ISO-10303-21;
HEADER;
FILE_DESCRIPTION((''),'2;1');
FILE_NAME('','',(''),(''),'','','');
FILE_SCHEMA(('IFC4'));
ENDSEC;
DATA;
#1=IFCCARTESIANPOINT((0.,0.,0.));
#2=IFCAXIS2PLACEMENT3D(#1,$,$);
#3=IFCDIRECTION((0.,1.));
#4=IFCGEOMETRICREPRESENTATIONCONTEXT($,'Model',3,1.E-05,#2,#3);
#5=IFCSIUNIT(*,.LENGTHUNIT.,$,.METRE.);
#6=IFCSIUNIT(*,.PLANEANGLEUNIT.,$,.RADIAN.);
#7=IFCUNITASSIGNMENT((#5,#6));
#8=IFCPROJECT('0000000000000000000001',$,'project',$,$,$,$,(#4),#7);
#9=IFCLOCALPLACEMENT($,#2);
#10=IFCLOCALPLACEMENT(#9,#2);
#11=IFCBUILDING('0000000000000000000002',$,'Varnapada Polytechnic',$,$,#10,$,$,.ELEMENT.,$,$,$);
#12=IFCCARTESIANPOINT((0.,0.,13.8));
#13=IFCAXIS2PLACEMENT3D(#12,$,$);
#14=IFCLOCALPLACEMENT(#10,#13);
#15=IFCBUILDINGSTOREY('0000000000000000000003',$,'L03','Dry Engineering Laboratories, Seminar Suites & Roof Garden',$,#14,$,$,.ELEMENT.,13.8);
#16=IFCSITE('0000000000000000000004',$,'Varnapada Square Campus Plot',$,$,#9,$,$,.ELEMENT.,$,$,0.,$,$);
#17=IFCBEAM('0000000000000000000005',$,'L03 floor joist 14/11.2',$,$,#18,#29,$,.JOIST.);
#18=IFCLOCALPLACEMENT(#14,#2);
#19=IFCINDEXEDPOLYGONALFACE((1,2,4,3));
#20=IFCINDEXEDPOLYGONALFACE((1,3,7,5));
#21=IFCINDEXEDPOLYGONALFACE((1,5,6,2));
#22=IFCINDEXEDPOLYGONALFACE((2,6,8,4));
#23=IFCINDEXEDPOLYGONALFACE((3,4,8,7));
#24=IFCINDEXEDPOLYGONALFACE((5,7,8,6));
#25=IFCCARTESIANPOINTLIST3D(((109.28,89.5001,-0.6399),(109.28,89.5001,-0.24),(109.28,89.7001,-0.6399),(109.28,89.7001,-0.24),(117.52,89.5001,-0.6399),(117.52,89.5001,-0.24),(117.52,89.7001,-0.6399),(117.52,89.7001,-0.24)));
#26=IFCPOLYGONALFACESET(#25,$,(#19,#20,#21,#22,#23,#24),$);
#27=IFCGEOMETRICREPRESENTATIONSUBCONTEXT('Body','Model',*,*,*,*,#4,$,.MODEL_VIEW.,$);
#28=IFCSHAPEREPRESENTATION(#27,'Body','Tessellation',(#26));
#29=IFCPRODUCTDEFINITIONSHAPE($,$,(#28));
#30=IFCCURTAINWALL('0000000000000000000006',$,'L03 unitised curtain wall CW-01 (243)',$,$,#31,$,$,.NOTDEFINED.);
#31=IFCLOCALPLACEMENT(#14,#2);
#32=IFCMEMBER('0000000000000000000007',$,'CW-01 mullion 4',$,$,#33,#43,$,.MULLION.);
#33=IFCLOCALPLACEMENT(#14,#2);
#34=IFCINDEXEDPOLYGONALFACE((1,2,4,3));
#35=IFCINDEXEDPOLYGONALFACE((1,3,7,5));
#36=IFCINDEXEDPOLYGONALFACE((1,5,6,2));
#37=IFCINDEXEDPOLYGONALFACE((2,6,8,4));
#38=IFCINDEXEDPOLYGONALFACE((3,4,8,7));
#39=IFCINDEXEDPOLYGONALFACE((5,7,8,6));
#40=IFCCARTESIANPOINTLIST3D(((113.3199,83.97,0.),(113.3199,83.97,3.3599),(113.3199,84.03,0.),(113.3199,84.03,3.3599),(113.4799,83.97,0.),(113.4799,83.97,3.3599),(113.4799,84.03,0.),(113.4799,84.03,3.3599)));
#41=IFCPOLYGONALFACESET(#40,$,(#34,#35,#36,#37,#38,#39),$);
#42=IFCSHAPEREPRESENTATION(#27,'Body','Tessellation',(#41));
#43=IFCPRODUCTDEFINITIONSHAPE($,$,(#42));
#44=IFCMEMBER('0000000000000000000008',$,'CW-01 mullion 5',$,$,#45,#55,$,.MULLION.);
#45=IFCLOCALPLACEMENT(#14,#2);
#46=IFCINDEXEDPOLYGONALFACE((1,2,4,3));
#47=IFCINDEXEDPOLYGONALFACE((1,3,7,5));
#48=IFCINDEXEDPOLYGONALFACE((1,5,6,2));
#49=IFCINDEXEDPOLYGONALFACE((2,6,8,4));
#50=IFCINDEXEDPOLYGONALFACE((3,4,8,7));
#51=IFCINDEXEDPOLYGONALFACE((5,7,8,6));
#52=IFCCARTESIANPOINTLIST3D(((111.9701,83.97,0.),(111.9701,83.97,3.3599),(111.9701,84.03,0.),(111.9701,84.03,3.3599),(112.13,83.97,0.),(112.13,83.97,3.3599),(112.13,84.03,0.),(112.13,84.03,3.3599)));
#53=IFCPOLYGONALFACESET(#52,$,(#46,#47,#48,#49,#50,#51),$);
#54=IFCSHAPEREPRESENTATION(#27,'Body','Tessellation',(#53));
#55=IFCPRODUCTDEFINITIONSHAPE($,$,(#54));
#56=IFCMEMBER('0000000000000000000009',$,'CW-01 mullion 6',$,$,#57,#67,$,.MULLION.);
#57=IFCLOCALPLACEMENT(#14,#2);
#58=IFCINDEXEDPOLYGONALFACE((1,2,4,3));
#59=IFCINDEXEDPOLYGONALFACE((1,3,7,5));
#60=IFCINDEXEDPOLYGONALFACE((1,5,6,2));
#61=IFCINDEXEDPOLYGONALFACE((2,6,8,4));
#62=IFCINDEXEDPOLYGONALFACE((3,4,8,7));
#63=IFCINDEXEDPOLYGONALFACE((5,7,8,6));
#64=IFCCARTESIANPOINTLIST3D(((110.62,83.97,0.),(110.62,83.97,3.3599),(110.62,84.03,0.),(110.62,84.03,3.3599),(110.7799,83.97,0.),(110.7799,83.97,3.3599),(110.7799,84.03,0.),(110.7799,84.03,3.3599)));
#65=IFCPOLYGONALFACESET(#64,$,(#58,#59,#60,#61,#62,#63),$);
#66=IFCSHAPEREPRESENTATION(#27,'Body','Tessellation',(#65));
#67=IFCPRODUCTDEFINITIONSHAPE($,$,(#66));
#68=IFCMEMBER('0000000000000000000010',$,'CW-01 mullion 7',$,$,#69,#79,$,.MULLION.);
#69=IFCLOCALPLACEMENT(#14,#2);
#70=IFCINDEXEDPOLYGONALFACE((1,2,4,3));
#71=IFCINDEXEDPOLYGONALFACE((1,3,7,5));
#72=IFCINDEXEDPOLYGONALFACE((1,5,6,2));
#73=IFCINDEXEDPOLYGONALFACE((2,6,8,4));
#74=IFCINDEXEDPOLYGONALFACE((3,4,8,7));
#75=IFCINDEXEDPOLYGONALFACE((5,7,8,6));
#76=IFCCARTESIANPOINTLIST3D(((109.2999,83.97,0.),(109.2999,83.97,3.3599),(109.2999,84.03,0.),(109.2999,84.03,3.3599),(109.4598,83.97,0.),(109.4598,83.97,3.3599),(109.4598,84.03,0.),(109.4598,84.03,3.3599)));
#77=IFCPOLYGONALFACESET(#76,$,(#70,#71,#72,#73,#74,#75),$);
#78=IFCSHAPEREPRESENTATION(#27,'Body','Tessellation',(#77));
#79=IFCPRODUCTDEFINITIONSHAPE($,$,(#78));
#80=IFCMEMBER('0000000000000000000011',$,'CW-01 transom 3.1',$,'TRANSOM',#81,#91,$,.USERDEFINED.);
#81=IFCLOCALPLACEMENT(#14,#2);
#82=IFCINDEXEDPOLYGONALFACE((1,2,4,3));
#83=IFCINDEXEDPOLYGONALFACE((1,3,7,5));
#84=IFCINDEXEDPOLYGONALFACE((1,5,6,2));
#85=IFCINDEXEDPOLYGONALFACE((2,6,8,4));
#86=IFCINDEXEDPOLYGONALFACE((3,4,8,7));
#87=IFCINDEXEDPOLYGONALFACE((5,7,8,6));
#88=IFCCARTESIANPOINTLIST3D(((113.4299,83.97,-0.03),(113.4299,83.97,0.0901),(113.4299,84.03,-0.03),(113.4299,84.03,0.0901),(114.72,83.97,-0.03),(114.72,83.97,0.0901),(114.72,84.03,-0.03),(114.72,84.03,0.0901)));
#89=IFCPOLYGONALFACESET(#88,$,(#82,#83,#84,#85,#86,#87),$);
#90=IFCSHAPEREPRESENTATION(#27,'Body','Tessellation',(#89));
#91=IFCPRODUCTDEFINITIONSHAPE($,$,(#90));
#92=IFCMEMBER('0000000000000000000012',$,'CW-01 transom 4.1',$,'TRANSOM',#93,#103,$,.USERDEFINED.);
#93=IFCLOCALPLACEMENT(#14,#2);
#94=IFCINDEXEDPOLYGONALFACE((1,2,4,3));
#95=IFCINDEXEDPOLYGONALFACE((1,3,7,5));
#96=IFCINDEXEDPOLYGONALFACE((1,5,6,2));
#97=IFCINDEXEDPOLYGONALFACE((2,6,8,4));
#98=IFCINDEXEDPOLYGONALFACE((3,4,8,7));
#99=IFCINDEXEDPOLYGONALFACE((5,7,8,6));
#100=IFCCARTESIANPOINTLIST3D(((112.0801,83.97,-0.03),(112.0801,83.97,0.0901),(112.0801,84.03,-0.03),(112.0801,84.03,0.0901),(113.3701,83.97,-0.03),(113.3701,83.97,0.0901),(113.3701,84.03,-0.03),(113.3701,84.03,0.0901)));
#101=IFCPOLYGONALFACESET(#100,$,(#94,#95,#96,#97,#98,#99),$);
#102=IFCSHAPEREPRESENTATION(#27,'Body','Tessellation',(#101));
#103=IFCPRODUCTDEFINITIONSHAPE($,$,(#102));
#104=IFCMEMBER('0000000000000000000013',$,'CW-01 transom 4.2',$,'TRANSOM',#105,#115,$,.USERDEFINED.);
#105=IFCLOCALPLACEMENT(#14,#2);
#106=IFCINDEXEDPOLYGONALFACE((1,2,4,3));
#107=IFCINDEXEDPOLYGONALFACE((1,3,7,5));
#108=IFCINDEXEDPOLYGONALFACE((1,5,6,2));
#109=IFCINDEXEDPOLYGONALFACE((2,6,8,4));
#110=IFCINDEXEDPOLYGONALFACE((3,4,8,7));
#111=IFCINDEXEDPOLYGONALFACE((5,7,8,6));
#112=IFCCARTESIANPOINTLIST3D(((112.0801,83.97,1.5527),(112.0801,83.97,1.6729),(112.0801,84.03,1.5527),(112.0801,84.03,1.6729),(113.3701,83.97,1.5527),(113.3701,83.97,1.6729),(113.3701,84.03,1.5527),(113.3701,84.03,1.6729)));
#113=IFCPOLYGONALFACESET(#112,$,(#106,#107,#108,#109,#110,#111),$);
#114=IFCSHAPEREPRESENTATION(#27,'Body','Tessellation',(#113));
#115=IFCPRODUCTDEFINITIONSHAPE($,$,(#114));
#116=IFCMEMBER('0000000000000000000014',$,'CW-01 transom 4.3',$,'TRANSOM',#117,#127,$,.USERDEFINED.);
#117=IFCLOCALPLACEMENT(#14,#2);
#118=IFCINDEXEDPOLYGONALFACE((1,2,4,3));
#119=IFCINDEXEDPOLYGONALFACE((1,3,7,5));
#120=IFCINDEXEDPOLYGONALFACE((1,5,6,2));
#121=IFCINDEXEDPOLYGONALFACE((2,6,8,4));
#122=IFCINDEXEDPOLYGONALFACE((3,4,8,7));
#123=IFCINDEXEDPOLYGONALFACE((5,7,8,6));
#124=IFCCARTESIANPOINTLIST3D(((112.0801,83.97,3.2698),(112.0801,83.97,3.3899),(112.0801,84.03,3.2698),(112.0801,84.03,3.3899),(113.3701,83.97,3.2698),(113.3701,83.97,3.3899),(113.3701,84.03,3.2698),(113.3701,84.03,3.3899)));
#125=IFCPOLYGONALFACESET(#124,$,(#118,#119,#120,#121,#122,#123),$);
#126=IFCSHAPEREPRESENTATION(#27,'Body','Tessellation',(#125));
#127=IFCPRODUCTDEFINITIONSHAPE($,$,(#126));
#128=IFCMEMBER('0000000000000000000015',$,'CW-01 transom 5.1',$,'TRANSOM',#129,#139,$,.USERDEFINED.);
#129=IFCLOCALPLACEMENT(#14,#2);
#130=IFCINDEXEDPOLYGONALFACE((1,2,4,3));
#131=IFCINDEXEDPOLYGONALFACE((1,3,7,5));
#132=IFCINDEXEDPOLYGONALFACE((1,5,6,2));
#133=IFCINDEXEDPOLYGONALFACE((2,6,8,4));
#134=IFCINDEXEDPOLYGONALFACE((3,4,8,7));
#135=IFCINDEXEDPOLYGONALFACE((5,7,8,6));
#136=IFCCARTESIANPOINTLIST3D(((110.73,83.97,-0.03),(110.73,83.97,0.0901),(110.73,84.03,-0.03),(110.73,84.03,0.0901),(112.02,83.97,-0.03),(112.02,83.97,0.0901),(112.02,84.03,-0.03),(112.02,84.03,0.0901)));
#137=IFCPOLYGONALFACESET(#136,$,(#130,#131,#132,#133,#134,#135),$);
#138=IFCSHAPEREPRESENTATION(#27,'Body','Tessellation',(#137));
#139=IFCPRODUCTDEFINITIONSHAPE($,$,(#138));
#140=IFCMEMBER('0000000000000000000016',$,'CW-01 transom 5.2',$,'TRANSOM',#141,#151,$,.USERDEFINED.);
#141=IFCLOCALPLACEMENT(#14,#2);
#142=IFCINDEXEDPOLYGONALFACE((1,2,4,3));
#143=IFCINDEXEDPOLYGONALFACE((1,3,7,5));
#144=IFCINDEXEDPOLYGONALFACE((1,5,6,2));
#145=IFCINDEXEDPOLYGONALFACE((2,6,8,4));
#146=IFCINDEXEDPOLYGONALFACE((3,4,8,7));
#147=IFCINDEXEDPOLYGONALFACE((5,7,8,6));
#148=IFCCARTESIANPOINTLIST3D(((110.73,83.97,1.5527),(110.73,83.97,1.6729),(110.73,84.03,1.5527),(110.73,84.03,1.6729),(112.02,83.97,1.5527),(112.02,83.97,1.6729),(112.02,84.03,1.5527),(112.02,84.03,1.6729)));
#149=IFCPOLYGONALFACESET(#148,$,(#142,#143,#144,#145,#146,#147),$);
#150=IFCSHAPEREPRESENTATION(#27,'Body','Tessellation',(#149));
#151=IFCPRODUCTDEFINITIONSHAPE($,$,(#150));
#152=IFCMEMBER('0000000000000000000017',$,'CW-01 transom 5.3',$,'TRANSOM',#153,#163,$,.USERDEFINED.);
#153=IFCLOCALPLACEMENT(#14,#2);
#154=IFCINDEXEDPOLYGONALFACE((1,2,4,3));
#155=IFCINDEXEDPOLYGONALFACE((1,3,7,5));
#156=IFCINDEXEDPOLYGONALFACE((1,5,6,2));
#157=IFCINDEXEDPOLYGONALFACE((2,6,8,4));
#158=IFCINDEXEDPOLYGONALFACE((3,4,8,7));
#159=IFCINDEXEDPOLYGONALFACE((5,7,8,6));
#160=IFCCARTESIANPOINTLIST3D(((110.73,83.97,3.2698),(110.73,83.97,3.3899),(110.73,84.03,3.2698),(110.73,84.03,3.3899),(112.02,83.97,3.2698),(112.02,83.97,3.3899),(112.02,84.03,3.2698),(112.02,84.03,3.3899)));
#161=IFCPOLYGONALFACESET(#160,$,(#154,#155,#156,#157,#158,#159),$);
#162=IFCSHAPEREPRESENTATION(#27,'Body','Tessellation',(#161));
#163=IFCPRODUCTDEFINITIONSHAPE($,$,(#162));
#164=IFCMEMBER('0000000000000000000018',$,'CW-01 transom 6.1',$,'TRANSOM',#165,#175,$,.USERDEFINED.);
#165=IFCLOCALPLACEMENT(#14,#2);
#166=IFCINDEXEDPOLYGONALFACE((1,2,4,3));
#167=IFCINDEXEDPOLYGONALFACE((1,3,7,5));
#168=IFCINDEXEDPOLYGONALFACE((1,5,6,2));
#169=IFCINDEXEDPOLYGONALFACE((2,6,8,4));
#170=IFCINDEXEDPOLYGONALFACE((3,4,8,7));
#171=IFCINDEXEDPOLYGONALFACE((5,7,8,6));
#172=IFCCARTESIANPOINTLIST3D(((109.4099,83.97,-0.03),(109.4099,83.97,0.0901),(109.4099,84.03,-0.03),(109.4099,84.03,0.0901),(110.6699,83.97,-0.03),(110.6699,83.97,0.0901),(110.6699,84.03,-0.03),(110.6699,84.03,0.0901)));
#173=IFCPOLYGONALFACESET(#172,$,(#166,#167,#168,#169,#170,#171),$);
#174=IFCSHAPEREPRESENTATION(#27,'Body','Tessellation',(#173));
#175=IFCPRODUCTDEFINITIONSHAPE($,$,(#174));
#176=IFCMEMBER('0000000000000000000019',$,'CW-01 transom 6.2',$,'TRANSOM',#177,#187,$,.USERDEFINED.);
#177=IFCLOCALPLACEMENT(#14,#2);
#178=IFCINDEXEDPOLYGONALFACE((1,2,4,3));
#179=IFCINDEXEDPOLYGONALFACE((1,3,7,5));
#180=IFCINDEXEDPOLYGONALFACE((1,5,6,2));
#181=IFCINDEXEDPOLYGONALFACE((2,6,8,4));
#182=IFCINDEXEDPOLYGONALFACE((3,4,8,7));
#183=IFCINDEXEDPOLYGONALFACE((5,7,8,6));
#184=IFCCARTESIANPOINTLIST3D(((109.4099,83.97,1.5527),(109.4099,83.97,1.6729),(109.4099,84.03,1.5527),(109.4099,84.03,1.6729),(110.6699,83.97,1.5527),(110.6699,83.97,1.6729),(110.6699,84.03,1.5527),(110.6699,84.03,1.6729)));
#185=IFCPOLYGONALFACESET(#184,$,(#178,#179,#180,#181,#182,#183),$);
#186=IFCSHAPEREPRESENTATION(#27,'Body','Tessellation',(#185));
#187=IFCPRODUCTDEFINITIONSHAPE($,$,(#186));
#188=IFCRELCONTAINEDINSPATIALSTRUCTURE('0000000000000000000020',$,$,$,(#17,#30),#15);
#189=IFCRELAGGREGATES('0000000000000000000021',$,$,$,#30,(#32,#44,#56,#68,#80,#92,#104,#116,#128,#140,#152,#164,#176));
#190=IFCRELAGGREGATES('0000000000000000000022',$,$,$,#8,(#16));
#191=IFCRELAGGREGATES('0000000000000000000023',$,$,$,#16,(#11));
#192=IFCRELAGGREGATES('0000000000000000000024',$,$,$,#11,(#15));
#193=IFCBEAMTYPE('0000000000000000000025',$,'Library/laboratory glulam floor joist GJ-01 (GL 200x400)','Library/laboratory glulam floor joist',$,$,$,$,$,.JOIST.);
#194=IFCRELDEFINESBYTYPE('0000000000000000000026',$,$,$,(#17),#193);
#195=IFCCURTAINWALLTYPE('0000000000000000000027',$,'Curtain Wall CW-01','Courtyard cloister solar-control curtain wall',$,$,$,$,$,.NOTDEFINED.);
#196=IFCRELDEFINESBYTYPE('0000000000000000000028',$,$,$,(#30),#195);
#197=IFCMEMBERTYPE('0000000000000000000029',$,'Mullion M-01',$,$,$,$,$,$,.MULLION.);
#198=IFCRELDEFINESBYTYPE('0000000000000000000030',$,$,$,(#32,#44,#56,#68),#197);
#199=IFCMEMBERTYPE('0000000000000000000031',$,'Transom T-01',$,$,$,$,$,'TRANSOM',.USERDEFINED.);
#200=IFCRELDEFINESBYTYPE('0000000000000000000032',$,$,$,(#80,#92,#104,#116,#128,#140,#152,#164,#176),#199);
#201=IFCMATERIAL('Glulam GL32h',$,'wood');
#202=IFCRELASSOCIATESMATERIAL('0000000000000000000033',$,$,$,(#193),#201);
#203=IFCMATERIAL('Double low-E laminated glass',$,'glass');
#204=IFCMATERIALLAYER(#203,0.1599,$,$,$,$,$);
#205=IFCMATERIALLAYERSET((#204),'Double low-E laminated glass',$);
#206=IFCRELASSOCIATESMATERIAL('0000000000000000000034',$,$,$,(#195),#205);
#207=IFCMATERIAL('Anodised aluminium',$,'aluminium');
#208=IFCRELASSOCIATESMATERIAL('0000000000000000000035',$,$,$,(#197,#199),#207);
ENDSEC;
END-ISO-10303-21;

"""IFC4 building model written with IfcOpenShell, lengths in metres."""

from ifc_helpers import new_model, si_unit, direction, frame, origin, origin_2d, place, context, subcontext, project, spatial, rectangle, extrude, material, layer, layer_set, material_profile, profile_set, type_object, element, aggregate, save


model = new_model("IFC4")

# Units and contexts
model_context = context("Model", 3, precision=1e-05, world=origin(), true_north=direction((0.0, 1.0)))
body_context = subcontext(model_context, "Body", "Model", "MODEL_VIEW")
ifc_project = project(units=[si_unit("LENGTHUNIT", "METRE"), si_unit("PLANEANGLEUNIT", "RADIAN")], contexts=[model_context])

# Site, building, storey
site_placement = place(None, origin())
site = spatial("IfcSite", under=ifc_project, at=site_placement, Name="Varnapada Square Campus Plot", CompositionType="ELEMENT", RefElevation=0.0)
building_placement = place(site_placement, origin())
building = spatial("IfcBuilding", under=site, at=building_placement, Name="Varnapada Polytechnic", CompositionType="ELEMENT")
storey_placement = place(building_placement, frame((0.0, 0.0, 13.8)))
storey = spatial("IfcBuildingStorey", under=building, at=storey_placement, Name="L03", Description="Dry Engineering Laboratories, Seminar Suites & Roof Garden", CompositionType="ELEMENT", Elevation=13.8)

# Beam
ifc_material_1 = material(Name="Glulam GL32h", Category="wood")
ifc_material_profile_1 = material_profile(ifc_material_1, rectangle(XDim=0.2, YDim=0.3999, at=origin_2d()), Name="GL 200x400")
ifc_profile_set_1 = profile_set([ifc_material_profile_1], Name="Glulam GL32h")
beam_type = type_object("IfcBeamType", Name="Library/laboratory glulam floor joist GJ-01 (GL 200x400)", Description="Library/laboratory glulam floor joist", PredefinedType="JOIST", material=ifc_profile_set_1)
beam_placement = place(storey_placement, frame((109.28, 89.6001, -0.4399), z_axis=(1.0, 0.0, 0.0), x_axis=(0.0, 1.0, 0.0)))
element("IfcBeam", 1, at=beam_placement, inside=storey, type_object=beam_type, Name="L03 floor joist 14/11.2", PredefinedType="JOIST", context=body_context, shape_type="SweptSolid", body=[
    extrude(rectangle(XDim=0.2, YDim=0.3999, at=origin_2d()), origin(), (0.0, 0.0, 1.0), 8.24),
])

# Curtain wall, members
ifc_material_2 = material(Name="Double low-E laminated glass", Category="glass")
ifc_layer_1 = layer(ifc_material_2, 0.1599)
ifc_layer_set_1 = layer_set([ifc_layer_1], Name="Double low-E laminated glass")
curtain_wall_type = type_object("IfcCurtainWallType", Name="Curtain Wall CW-01", Description="Courtyard cloister solar-control curtain wall", PredefinedType="NOTDEFINED", material=ifc_layer_set_1)
curtain_wall_placement = place(storey_placement, origin())
curtain_wall = element("IfcCurtainWall", 2, at=curtain_wall_placement, inside=storey, type_object=curtain_wall_type, Name="L03 unitised curtain wall CW-01 (243)", PredefinedType="NOTDEFINED")
ifc_material_3 = material(Name="Anodised aluminium", Category="aluminium")
ifc_material_profile_2 = material_profile(ifc_material_3, rectangle(XDim=0.0601, YDim=0.1599, at=origin_2d()), Name="ALU M60x160")
ifc_profile_set_2 = profile_set([ifc_material_profile_2], Name="Anodised aluminium")
member_type_1 = type_object("IfcMemberType", Name="Mullion M-01", PredefinedType="MULLION", material=ifc_profile_set_2)
member_1_placement = place(storey_placement, frame((113.3999, 84.0, 0.0), z_axis=(0.0, 0.0, 1.0), x_axis=(0.0, -1.0, 0.0)))
member_1 = element("IfcMember", 3, at=member_1_placement, type_object=member_type_1, Name="CW-01 mullion 4", PredefinedType="MULLION", context=body_context, shape_type="SweptSolid", body=[
    extrude(rectangle(XDim=0.0601, YDim=0.1599, at=origin_2d()), origin(), (0.0, 0.0, 1.0), 3.3599),
])
member_2_placement = place(storey_placement, frame((112.05, 84.0, 0.0), z_axis=(0.0, 0.0, 1.0), x_axis=(0.0, -1.0, 0.0)))
member_2 = element("IfcMember", 4, at=member_2_placement, type_object=member_type_1, Name="CW-01 mullion 5", PredefinedType="MULLION", context=body_context, shape_type="SweptSolid", body=[
    extrude(rectangle(XDim=0.0601, YDim=0.1599, at=origin_2d()), origin(), (0.0, 0.0, 1.0), 3.3599),
])
member_3_placement = place(storey_placement, frame((110.7, 84.0, 0.0), z_axis=(0.0, 0.0, 1.0), x_axis=(0.0, -1.0, 0.0)))
member_3 = element("IfcMember", 5, at=member_3_placement, type_object=member_type_1, Name="CW-01 mullion 6", PredefinedType="MULLION", context=body_context, shape_type="SweptSolid", body=[
    extrude(rectangle(XDim=0.0601, YDim=0.1599, at=origin_2d()), origin(), (0.0, 0.0, 1.0), 3.3599),
])
member_4_placement = place(storey_placement, frame((109.3799, 84.0, 0.0), z_axis=(0.0, 0.0, 1.0), x_axis=(0.0, -1.0, 0.0)))
member_4 = element("IfcMember", 6, at=member_4_placement, type_object=member_type_1, Name="CW-01 mullion 7", PredefinedType="MULLION", context=body_context, shape_type="SweptSolid", body=[
    extrude(rectangle(XDim=0.0601, YDim=0.1599, at=origin_2d()), origin(), (0.0, 0.0, 1.0), 3.3599),
])
ifc_material_profile_3 = material_profile(ifc_material_3, rectangle(XDim=0.0601, YDim=0.1201, at=origin_2d()), Name="ALU T60x120")
ifc_profile_set_3 = profile_set([ifc_material_profile_3], Name="Anodised aluminium")
member_type_2 = type_object("IfcMemberType", Name="Transom T-01", ElementType="TRANSOM", PredefinedType="USERDEFINED", material=ifc_profile_set_3)
member_5_placement = place(storey_placement, frame((114.72, 84.0, 0.03), z_axis=(-1.0, 0.0, 0.0), x_axis=(0.0, -1.0, 0.0)))
member_5 = element("IfcMember", 7, at=member_5_placement, type_object=member_type_2, Name="CW-01 transom 3.1", ObjectType="TRANSOM", PredefinedType="USERDEFINED", context=body_context, shape_type="SweptSolid", body=[
    extrude(rectangle(XDim=0.0601, YDim=0.1201, at=origin_2d()), origin(), (0.0, 0.0, 1.0), 1.29),
])
member_6_placement = place(storey_placement, frame((113.3701, 84.0, 0.03), z_axis=(-1.0, 0.0, 0.0), x_axis=(0.0, -1.0, 0.0)))
member_6 = element("IfcMember", 8, at=member_6_placement, type_object=member_type_2, Name="CW-01 transom 4.1", ObjectType="TRANSOM", PredefinedType="USERDEFINED", context=body_context, shape_type="SweptSolid", body=[
    extrude(rectangle(XDim=0.0601, YDim=0.1201, at=origin_2d()), origin(), (0.0, 0.0, 1.0), 1.29),
])
member_7_placement = place(storey_placement, frame((113.3701, 84.0, 1.6128), z_axis=(-1.0, 0.0, 0.0), x_axis=(0.0, -1.0, 0.0)))
member_7 = element("IfcMember", 9, at=member_7_placement, type_object=member_type_2, Name="CW-01 transom 4.2", ObjectType="TRANSOM", PredefinedType="USERDEFINED", context=body_context, shape_type="SweptSolid", body=[
    extrude(rectangle(XDim=0.0601, YDim=0.1201, at=origin_2d()), origin(), (0.0, 0.0, 1.0), 1.29),
])
member_8_placement = place(storey_placement, frame((113.3701, 84.0, 3.3298), z_axis=(-1.0, 0.0, 0.0), x_axis=(0.0, -1.0, 0.0)))
member_8 = element("IfcMember", 10, at=member_8_placement, type_object=member_type_2, Name="CW-01 transom 4.3", ObjectType="TRANSOM", PredefinedType="USERDEFINED", context=body_context, shape_type="SweptSolid", body=[
    extrude(rectangle(XDim=0.0601, YDim=0.1201, at=origin_2d()), origin(), (0.0, 0.0, 1.0), 1.29),
])
member_9_placement = place(storey_placement, frame((112.02, 84.0, 0.03), z_axis=(-1.0, 0.0, 0.0), x_axis=(0.0, -1.0, 0.0)))
member_9 = element("IfcMember", 11, at=member_9_placement, type_object=member_type_2, Name="CW-01 transom 5.1", ObjectType="TRANSOM", PredefinedType="USERDEFINED", context=body_context, shape_type="SweptSolid", body=[
    extrude(rectangle(XDim=0.0601, YDim=0.1201, at=origin_2d()), origin(), (0.0, 0.0, 1.0), 1.29),
])
member_10_placement = place(storey_placement, frame((112.02, 84.0, 1.6128), z_axis=(-1.0, 0.0, 0.0), x_axis=(0.0, -1.0, 0.0)))
member_10 = element("IfcMember", 12, at=member_10_placement, type_object=member_type_2, Name="CW-01 transom 5.2", ObjectType="TRANSOM", PredefinedType="USERDEFINED", context=body_context, shape_type="SweptSolid", body=[
    extrude(rectangle(XDim=0.0601, YDim=0.1201, at=origin_2d()), origin(), (0.0, 0.0, 1.0), 1.29),
])
member_11_placement = place(storey_placement, frame((112.02, 84.0, 3.3298), z_axis=(-1.0, 0.0, 0.0), x_axis=(0.0, -1.0, 0.0)))
member_11 = element("IfcMember", 13, at=member_11_placement, type_object=member_type_2, Name="CW-01 transom 5.3", ObjectType="TRANSOM", PredefinedType="USERDEFINED", context=body_context, shape_type="SweptSolid", body=[
    extrude(rectangle(XDim=0.0601, YDim=0.1201, at=origin_2d()), origin(), (0.0, 0.0, 1.0), 1.29),
])
member_12_placement = place(storey_placement, frame((110.6699, 84.0, 0.03), z_axis=(-1.0, 0.0, 0.0), x_axis=(0.0, -1.0, 0.0)))
member_12 = element("IfcMember", 14, at=member_12_placement, type_object=member_type_2, Name="CW-01 transom 6.1", ObjectType="TRANSOM", PredefinedType="USERDEFINED", context=body_context, shape_type="SweptSolid", body=[
    extrude(rectangle(XDim=0.0601, YDim=0.1201, at=origin_2d()), origin(), (0.0, 0.0, 1.0), 1.26),
])
member_13_placement = place(storey_placement, frame((110.6699, 84.0, 1.6128), z_axis=(-1.0, 0.0, 0.0), x_axis=(0.0, -1.0, 0.0)))
member_13 = element("IfcMember", 15, at=member_13_placement, type_object=member_type_2, Name="CW-01 transom 6.2", ObjectType="TRANSOM", PredefinedType="USERDEFINED", context=body_context, shape_type="SweptSolid", body=[
    extrude(rectangle(XDim=0.0601, YDim=0.1201, at=origin_2d()), origin(), (0.0, 0.0, 1.0), 1.26),
])
aggregate(curtain_wall, [member_1, member_2, member_3, member_4, member_5, member_6, member_7, member_8, member_9, member_10, member_11, member_12, member_13])

save(model, "model.ifc")
